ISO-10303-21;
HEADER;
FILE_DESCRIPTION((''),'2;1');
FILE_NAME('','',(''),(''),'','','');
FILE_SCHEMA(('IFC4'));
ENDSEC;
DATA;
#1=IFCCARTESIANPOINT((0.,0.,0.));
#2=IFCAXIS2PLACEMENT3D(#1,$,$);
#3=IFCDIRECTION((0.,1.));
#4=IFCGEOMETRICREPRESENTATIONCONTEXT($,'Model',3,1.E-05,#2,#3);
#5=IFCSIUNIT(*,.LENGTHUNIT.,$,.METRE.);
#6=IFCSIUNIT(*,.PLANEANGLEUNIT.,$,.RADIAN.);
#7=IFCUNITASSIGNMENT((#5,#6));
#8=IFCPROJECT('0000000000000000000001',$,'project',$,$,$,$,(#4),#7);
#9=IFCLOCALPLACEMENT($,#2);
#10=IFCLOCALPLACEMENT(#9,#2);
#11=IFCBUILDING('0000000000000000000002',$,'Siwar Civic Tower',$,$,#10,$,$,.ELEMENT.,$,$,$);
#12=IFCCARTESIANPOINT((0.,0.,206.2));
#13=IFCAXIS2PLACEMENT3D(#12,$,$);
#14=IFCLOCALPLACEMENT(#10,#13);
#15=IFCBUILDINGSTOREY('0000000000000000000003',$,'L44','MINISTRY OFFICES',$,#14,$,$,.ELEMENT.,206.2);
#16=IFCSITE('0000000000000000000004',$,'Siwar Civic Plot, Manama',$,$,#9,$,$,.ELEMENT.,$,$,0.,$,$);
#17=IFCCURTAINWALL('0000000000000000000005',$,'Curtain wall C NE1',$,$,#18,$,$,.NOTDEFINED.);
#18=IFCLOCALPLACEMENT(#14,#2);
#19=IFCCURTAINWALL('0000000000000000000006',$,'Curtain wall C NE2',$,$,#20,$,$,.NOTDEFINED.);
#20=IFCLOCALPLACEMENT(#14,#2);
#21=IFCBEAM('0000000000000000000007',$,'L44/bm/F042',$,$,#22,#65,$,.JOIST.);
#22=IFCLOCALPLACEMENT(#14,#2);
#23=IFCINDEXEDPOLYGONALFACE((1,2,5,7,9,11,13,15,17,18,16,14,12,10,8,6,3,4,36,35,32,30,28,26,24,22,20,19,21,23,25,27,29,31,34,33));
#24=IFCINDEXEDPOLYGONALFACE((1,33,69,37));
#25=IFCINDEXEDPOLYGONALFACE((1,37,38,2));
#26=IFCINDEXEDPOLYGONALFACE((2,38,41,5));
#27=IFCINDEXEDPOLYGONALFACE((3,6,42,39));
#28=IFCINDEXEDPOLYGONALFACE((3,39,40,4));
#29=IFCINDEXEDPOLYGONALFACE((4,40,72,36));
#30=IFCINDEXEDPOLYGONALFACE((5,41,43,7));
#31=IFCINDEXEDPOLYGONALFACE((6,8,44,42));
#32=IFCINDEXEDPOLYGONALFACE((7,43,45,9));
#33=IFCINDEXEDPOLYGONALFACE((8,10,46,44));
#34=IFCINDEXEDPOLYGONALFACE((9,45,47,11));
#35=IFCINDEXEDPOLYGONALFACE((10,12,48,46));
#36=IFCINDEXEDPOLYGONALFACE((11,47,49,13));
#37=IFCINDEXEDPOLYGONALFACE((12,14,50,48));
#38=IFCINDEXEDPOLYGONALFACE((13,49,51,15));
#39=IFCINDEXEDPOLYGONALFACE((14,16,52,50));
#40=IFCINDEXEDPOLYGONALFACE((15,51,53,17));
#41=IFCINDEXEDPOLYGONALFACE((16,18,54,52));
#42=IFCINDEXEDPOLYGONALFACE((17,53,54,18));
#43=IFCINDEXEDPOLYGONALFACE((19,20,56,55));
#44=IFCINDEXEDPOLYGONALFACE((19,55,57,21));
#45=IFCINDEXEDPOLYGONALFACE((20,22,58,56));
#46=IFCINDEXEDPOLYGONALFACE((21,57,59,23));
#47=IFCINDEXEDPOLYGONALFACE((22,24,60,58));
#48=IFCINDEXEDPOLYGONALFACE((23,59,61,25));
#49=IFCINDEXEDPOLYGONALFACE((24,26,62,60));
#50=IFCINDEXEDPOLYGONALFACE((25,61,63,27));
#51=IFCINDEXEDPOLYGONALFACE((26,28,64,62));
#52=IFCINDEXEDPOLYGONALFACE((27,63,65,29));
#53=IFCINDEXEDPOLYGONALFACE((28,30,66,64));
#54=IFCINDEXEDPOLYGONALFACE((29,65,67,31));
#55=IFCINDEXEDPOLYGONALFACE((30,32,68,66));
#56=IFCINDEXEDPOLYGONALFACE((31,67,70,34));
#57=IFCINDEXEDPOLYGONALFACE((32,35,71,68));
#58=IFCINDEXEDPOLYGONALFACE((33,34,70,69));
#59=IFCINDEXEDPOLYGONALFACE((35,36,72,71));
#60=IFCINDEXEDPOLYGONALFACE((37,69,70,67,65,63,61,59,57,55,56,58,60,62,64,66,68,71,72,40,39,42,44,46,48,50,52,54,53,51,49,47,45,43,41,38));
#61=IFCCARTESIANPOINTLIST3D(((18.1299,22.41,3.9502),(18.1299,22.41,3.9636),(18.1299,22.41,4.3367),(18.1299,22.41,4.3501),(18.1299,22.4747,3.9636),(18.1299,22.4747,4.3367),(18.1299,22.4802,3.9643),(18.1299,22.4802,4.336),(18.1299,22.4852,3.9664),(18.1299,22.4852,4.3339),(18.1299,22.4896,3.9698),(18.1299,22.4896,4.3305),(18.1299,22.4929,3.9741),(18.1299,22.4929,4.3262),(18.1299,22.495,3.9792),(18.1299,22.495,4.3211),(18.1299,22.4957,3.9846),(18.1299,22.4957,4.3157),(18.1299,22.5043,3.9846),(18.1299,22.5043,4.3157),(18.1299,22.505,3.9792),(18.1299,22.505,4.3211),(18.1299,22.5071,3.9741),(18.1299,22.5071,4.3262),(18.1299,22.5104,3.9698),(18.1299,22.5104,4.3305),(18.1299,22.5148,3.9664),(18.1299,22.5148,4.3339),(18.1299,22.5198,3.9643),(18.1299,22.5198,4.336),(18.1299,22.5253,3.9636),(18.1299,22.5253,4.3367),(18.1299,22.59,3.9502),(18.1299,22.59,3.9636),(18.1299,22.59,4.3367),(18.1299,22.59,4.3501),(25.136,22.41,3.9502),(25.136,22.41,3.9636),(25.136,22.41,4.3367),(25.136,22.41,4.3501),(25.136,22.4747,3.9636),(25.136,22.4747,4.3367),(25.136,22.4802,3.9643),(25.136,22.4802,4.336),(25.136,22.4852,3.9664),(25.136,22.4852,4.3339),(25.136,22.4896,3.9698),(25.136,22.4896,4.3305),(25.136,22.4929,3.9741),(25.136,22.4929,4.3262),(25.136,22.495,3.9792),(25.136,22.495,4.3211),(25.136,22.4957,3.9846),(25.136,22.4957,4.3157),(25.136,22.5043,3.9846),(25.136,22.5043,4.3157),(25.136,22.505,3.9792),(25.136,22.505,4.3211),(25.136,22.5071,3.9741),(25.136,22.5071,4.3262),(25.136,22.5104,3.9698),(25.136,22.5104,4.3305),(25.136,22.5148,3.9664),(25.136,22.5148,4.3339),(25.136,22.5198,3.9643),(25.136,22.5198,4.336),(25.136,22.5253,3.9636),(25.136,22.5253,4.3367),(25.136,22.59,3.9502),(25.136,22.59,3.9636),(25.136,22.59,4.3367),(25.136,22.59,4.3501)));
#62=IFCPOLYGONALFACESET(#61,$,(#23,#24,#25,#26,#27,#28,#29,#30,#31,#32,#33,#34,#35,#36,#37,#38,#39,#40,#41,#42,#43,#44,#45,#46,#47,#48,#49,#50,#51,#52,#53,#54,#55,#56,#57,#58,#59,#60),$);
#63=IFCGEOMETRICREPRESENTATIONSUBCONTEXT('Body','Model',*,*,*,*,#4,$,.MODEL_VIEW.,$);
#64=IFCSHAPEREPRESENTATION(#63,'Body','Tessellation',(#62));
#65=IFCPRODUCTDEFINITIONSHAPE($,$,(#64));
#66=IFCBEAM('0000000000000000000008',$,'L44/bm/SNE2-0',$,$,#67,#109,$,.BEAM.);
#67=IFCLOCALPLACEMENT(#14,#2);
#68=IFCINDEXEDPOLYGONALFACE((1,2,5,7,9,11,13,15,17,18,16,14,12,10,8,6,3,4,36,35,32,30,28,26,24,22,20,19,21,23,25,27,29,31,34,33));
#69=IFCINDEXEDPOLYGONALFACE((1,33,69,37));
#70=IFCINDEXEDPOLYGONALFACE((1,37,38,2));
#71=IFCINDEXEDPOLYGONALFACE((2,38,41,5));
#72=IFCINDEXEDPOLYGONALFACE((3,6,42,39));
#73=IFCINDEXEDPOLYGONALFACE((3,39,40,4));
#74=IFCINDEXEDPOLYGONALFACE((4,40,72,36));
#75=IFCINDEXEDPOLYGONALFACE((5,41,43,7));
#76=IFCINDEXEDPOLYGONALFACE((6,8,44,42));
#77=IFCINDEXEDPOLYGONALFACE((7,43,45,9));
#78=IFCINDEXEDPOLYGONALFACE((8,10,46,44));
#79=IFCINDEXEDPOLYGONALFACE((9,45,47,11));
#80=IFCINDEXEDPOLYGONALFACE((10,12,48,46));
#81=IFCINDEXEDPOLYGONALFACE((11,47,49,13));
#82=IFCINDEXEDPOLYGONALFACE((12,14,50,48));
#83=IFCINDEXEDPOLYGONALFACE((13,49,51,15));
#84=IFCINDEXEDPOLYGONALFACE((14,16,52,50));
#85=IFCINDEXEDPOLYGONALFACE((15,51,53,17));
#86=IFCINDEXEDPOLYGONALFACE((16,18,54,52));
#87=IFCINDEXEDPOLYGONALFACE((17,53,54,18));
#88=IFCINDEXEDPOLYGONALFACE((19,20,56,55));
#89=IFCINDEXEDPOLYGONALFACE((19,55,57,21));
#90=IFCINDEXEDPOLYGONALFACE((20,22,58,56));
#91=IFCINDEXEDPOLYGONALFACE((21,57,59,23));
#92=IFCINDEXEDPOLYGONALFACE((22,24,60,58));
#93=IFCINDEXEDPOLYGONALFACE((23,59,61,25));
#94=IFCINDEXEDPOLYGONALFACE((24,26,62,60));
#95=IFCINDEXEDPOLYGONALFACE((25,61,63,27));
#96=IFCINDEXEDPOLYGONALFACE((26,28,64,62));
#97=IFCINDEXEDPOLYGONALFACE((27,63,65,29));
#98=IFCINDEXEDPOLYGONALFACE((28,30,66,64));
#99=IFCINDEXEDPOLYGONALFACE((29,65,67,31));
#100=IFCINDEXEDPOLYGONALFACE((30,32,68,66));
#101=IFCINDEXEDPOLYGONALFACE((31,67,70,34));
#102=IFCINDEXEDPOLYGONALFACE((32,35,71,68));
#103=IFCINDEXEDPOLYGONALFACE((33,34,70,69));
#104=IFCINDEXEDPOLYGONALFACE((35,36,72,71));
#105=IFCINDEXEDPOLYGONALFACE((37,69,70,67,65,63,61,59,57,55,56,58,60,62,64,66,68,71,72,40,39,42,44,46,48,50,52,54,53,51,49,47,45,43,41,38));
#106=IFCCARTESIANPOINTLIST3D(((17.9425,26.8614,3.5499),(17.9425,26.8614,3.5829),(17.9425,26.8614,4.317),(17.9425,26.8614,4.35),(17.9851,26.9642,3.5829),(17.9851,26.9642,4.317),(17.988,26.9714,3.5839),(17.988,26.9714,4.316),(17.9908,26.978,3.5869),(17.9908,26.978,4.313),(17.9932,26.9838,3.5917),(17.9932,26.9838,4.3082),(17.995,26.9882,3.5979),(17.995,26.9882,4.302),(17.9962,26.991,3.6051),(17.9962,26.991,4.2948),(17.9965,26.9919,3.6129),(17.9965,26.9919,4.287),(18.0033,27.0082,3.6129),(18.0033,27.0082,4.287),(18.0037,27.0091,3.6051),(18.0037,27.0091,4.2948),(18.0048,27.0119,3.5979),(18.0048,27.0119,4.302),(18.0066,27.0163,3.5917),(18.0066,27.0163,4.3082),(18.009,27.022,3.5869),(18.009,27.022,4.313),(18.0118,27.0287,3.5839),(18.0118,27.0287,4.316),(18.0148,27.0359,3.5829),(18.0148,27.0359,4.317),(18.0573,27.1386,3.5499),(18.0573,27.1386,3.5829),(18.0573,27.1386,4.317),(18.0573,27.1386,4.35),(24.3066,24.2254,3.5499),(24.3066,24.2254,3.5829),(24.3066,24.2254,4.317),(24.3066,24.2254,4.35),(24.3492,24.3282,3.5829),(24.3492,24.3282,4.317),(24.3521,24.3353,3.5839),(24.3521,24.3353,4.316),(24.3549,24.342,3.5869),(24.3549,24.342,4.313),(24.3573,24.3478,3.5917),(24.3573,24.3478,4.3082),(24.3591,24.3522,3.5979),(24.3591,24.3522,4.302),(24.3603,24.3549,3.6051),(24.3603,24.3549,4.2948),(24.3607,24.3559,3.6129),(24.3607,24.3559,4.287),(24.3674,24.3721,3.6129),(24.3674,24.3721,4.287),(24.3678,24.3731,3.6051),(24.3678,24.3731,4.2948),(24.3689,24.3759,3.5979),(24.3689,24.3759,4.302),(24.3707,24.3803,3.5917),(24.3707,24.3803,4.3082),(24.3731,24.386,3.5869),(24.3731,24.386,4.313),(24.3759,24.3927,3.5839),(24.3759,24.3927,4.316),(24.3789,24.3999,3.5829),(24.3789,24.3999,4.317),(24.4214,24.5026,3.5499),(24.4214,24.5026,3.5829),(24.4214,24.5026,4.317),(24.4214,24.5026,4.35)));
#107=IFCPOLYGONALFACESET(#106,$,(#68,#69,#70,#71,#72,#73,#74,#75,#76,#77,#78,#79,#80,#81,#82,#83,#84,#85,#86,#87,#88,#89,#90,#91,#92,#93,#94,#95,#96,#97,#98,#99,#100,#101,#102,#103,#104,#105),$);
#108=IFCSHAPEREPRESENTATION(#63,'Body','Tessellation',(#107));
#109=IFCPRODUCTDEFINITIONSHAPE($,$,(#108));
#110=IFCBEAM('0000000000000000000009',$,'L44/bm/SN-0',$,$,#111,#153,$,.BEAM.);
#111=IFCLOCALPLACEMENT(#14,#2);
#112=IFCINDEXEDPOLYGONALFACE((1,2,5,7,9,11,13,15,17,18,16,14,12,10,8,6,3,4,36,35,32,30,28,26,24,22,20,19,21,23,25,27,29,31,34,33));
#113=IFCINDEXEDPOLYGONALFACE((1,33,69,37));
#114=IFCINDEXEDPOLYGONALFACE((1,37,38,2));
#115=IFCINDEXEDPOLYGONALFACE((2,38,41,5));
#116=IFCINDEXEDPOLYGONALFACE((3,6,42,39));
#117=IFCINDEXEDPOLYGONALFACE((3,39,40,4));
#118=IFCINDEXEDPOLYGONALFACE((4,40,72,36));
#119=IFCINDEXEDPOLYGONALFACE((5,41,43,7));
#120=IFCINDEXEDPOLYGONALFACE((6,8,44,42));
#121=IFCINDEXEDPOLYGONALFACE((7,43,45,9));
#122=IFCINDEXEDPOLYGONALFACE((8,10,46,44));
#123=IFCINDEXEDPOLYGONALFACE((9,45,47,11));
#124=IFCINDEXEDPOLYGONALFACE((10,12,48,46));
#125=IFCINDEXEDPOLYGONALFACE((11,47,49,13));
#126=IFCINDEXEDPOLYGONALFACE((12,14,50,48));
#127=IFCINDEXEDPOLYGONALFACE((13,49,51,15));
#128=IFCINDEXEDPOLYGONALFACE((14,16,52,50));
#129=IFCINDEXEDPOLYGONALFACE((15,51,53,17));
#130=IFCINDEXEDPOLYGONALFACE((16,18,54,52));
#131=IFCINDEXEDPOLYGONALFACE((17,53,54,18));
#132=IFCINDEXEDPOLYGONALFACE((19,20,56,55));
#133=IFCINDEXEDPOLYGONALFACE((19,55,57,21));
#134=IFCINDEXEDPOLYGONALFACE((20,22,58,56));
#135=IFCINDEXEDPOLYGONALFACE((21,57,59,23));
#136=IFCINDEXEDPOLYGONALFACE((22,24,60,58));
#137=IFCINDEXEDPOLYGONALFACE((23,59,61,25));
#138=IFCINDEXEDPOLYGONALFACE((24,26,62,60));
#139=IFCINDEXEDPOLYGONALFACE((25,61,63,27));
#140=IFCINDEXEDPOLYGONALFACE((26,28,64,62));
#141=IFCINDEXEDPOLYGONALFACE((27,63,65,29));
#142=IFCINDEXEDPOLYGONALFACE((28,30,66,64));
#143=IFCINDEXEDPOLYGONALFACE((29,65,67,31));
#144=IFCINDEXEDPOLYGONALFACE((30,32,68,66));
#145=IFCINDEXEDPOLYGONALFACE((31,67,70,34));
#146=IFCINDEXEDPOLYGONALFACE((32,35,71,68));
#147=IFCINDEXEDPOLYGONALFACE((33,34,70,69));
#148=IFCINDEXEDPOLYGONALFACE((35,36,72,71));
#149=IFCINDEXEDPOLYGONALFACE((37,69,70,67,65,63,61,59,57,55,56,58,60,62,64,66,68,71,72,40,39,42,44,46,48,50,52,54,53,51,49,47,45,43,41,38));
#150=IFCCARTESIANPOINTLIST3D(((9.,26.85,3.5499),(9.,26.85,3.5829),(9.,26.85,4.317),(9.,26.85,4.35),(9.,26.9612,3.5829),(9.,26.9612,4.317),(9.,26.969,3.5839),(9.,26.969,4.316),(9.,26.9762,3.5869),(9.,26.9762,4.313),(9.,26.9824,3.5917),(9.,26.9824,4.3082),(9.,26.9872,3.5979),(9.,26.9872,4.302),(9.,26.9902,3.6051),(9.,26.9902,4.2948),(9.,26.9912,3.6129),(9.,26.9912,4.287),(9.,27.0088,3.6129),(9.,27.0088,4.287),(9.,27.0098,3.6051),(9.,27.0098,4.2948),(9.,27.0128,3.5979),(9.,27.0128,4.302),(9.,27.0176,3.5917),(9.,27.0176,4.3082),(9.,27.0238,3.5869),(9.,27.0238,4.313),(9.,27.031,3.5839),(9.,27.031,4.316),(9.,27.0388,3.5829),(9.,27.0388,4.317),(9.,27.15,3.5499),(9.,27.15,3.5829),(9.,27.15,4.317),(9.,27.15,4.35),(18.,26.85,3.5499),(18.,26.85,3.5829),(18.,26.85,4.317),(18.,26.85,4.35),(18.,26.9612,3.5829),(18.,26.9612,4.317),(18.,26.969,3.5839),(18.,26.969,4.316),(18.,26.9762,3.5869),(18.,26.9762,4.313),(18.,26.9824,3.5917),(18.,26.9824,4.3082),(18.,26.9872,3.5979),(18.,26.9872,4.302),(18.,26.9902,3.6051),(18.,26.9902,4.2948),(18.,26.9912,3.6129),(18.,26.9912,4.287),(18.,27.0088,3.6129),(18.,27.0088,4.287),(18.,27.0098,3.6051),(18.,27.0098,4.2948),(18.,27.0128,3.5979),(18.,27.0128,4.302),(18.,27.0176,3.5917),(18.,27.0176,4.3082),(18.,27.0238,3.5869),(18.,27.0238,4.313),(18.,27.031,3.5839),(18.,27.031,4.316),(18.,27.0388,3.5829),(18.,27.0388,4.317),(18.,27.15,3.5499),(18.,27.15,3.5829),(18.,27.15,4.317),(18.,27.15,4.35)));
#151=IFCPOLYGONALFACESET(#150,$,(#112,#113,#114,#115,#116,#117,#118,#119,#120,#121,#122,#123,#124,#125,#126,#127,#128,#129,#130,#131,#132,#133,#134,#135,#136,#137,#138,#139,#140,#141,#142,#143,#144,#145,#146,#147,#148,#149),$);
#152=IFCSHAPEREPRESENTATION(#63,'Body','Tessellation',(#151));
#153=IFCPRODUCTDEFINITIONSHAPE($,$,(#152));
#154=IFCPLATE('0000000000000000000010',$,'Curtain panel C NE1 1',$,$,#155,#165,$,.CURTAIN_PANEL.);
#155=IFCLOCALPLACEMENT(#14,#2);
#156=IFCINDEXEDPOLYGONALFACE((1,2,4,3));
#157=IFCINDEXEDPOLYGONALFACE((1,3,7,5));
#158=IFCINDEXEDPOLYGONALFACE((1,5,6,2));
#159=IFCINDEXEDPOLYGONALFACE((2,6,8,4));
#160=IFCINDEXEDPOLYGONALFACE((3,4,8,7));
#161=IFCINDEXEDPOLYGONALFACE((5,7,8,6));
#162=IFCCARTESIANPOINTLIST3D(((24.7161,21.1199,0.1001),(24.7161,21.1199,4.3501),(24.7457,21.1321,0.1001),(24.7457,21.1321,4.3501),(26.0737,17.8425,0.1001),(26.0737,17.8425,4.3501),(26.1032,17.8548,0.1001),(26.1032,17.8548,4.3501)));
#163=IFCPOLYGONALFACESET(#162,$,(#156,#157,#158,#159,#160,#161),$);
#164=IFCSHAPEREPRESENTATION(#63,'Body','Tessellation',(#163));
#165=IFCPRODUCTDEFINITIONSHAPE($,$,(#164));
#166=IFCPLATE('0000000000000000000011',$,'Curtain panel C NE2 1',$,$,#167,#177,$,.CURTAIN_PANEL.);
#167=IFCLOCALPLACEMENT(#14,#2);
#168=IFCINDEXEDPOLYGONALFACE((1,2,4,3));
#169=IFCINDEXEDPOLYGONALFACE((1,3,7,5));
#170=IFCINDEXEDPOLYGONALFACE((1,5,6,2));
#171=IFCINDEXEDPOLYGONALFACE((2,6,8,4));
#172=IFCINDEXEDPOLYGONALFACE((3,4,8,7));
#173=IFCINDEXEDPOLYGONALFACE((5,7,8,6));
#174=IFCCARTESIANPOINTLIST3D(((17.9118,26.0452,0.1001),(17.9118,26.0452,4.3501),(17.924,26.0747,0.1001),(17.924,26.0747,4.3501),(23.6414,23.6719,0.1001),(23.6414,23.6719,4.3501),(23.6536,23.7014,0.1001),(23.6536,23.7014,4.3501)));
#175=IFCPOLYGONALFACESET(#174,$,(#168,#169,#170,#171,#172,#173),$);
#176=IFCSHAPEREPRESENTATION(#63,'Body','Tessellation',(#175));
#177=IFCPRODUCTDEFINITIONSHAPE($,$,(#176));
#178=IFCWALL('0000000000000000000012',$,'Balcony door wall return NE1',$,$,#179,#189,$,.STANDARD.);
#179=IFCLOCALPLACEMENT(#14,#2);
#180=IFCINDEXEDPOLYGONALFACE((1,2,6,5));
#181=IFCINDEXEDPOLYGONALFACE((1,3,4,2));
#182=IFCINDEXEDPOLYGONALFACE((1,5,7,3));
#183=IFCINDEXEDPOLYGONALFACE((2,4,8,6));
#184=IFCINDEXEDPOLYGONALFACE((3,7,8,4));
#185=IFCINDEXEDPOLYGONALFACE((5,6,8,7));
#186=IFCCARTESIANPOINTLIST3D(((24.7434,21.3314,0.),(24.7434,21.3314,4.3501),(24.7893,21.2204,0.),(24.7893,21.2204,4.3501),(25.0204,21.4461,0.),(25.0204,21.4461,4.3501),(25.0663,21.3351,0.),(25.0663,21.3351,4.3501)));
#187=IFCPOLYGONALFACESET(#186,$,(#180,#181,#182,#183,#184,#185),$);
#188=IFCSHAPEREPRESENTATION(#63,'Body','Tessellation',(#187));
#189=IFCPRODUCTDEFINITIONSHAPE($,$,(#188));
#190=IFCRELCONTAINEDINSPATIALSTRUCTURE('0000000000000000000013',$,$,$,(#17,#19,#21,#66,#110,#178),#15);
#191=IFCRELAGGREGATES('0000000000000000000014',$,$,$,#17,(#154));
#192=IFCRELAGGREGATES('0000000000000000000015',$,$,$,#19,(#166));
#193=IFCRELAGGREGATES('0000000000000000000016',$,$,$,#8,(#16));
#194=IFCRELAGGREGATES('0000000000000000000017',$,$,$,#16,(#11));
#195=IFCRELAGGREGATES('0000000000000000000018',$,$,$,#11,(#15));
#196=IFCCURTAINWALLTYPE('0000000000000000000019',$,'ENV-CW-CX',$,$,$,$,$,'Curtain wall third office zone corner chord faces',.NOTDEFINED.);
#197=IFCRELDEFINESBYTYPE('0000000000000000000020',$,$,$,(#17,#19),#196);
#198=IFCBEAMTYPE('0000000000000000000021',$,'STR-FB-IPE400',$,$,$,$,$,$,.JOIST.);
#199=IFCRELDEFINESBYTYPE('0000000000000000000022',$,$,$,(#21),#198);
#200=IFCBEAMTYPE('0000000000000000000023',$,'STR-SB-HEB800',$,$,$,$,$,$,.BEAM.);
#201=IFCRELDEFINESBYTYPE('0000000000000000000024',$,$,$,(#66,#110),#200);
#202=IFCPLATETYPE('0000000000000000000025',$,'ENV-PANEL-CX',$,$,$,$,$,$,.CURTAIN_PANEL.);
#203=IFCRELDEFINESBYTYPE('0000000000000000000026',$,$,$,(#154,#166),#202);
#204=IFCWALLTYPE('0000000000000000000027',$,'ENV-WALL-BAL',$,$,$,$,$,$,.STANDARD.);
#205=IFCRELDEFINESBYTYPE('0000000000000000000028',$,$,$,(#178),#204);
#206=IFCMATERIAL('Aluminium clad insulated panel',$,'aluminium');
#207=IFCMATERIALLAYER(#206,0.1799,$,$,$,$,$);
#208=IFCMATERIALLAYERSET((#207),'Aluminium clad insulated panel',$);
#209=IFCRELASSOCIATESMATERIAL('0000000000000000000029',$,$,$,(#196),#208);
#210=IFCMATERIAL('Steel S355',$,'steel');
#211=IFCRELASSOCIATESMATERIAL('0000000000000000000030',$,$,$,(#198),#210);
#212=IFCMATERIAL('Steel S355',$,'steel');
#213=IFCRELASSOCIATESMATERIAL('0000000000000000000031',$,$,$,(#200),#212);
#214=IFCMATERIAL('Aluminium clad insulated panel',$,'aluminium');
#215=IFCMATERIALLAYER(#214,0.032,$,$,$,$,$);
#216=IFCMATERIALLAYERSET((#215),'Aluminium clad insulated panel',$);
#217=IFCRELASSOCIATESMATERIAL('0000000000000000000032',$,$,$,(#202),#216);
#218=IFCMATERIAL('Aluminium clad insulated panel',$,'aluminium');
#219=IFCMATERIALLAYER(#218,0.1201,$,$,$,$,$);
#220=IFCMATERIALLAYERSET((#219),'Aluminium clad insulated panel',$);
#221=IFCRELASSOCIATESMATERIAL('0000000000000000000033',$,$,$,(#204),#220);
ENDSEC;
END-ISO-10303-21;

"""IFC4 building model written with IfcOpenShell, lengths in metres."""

from ifc_helpers import new_model, si_unit, direction, frame, frame_2d, origin, origin_2d, place, context, subcontext, project, spatial, rectangle, i_section, extrude, material, layer, layer_set, material_profile, profile_set, type_object, element, aggregate, save


model = new_model("IFC4")

# Units and contexts
model_context = context("Model", 3, precision=1e-05, world=origin(), true_north=direction((0.0, 1.0)))
body_context = subcontext(model_context, "Body", "Model", "MODEL_VIEW")
ifc_project = project(units=[si_unit("LENGTHUNIT", "METRE"), si_unit("PLANEANGLEUNIT", "RADIAN")], contexts=[model_context])

# Site, building, storey
site_placement = place(None, origin())
site = spatial("IfcSite", under=ifc_project, at=site_placement, Name="Siwar Civic Plot, Manama", CompositionType="ELEMENT", RefElevation=0.0)
building_placement = place(site_placement, origin())
building = spatial("IfcBuilding", under=site, at=building_placement, Name="Siwar Civic Tower", CompositionType="ELEMENT")
storey_placement = place(building_placement, frame((0.0, 0.0, 206.2)))
storey = spatial("IfcBuildingStorey", under=building, at=storey_placement, Name="L44", Description="MINISTRY OFFICES", CompositionType="ELEMENT", Elevation=206.2)

# Curtain wall
ifc_material_1 = material(Name="Aluminium clad insulated panel", Category="aluminium")
ifc_layer_1 = layer(ifc_material_1, 0.1799)
ifc_layer_set_1 = layer_set([ifc_layer_1], Name="Aluminium clad insulated panel")
curtain_wall_type = type_object("IfcCurtainWallType", Name="ENV-CW-CX", ElementType="Curtain wall third office zone corner chord faces", PredefinedType="NOTDEFINED", material=ifc_layer_set_1)
curtain_wall_1_placement = place(storey_placement, origin())
curtain_wall_1 = element("IfcCurtainWall", 1, at=curtain_wall_1_placement, inside=storey, type_object=curtain_wall_type, Name="Curtain wall C NE1", PredefinedType="NOTDEFINED")

# Curtain wall
curtain_wall_2_placement = place(storey_placement, origin())
curtain_wall_2 = element("IfcCurtainWall", 2, at=curtain_wall_2_placement, inside=storey, type_object=curtain_wall_type, Name="Curtain wall C NE2", PredefinedType="NOTDEFINED")

# Beams
ifc_material_2 = material(Name="Steel S355", Category="steel")
ifc_material_profile_1 = material_profile(ifc_material_2, i_section(OverallWidth=0.1799, OverallDepth=0.3999, WebThickness=0.0085, FlangeThickness=0.0134, FilletRadius=0.021, at=origin_2d()), Name="IPE400")
ifc_profile_set_1 = profile_set([ifc_material_profile_1], Name="Steel S355")
beam_type_1 = type_object("IfcBeamType", Name="STR-FB-IPE400", PredefinedType="JOIST", material=ifc_profile_set_1)
beam_1_placement = place(storey_placement, frame((18.1299, 22.5, 4.1501), z_axis=(1.0, 0.0, 0.0), x_axis=(0.0, 1.0, 0.0)))
element("IfcBeam", 3, at=beam_1_placement, inside=storey, type_object=beam_type_1, Name="L44/bm/F042", PredefinedType="JOIST", context=body_context, shape_type="SweptSolid", body=[
    extrude(i_section(OverallWidth=0.1799, OverallDepth=0.3999, WebThickness=0.0085, FlangeThickness=0.0134, FilletRadius=0.021, at=origin_2d()), origin(), (0.0, 0.0, 1.0), 7.0061),
])
ifc_material_3 = material(Name="Steel S355", Category="steel")
ifc_material_profile_2 = material_profile(ifc_material_3, i_section(OverallWidth=0.3, OverallDepth=0.8, WebThickness=0.0176, FlangeThickness=0.033, FilletRadius=0.03, at=origin_2d()), Name="HEB800")
ifc_profile_set_2 = profile_set([ifc_material_profile_2], Name="Steel S355")
beam_type_2 = type_object("IfcBeamType", Name="STR-SB-HEB800", PredefinedType="BEAM", material=ifc_profile_set_2)
beam_2_placement = place(storey_placement, frame((24.364, 24.364, 3.95), z_axis=(-0.923883, 0.382674, 0.0), x_axis=(-0.382674, -0.923883, 0.0)))
element("IfcBeam", 4, at=beam_2_placement, inside=storey, type_object=beam_type_2, Name="L44/bm/SNE2-0", PredefinedType="BEAM", context=body_context, shape_type="SweptSolid", body=[
    extrude(i_section(OverallWidth=0.3, OverallDepth=0.8, WebThickness=0.0176, FlangeThickness=0.033, FilletRadius=0.03, at=origin_2d()), origin(), (0.0, 0.0, 1.0), 6.8884),
])
beam_3_placement = place(storey_placement, frame((18.0, 27.0, 3.95), z_axis=(-1.0, 0.0, 0.0), x_axis=(0.0, -1.0, 0.0)))
element("IfcBeam", 5, at=beam_3_placement, inside=storey, type_object=beam_type_2, Name="L44/bm/SN-0", PredefinedType="BEAM", context=body_context, shape_type="SweptSolid", body=[
    extrude(i_section(OverallWidth=0.3, OverallDepth=0.8, WebThickness=0.0176, FlangeThickness=0.033, FilletRadius=0.03, at=origin_2d()), origin(), (0.0, 0.0, 1.0), 9.0),
])

# Plates
ifc_material_4 = material(Name="Aluminium clad insulated panel", Category="aluminium")
ifc_layer_2 = layer(ifc_material_4, 0.032)
ifc_layer_set_2 = layer_set([ifc_layer_2], Name="Aluminium clad insulated panel")
plate_type = type_object("IfcPlateType", Name="ENV-PANEL-CX", PredefinedType="CURTAIN_PANEL", material=ifc_layer_set_2)
plate_1_placement = place(storey_placement, frame((25.4097, 19.4873, 0.1001), z_axis=(0.0, 0.0, 1.0), x_axis=(-0.382683, 0.92388, 0.0)))
plate_1 = element("IfcPlate", 6, at=plate_1_placement, type_object=plate_type, Name="Curtain panel C NE1 1", PredefinedType="CURTAIN_PANEL", context=body_context, shape_type="SweptSolid", body=[
    extrude(rectangle(XDim=3.5474, YDim=0.032, at=origin_2d()), origin(), (0.0, 0.0, 1.0), 4.25),
])
aggregate(curtain_wall_1, [plate_1])
plate_2_placement = place(storey_placement, frame((20.7827, 24.8733, 0.1001), z_axis=(0.0, 0.0, 1.0), x_axis=(-0.92388, 0.382683, 0.0)))
plate_2 = element("IfcPlate", 7, at=plate_2_placement, type_object=plate_type, Name="Curtain panel C NE2 1", PredefinedType="CURTAIN_PANEL", context=body_context, shape_type="SweptSolid", body=[
    extrude(rectangle(XDim=6.2017, YDim=0.032, at=origin_2d()), origin(), (0.0, 0.0, 1.0), 4.25),
])
aggregate(curtain_wall_2, [plate_2])

# Wall
ifc_material_5 = material(Name="Aluminium clad insulated panel", Category="aluminium")
ifc_layer_3 = layer(ifc_material_5, 0.1201)
ifc_layer_set_3 = layer_set([ifc_layer_3], Name="Aluminium clad insulated panel")
wall_type = type_object("IfcWallType", Name="ENV-WALL-BAL", PredefinedType="STANDARD", material=ifc_layer_set_3)
wall_1_placement = place(storey_placement, frame((24.7664, 21.2759, 0.0), z_axis=(0.0, 0.0, 1.0), x_axis=(0.923918, 0.382591, 0.0)))
element("IfcWall", 8, at=wall_1_placement, inside=storey, type_object=wall_type, Name="Balcony door wall return NE1", PredefinedType="STANDARD", context=body_context, shape_type="SweptSolid", body=[
    extrude(rectangle(XDim=0.2998, YDim=0.1201, at=frame_2d((0.1499, 0.0))), origin(), (0.0, 0.0, 1.0), 4.3501),
])

save(model, "model.ifc")
